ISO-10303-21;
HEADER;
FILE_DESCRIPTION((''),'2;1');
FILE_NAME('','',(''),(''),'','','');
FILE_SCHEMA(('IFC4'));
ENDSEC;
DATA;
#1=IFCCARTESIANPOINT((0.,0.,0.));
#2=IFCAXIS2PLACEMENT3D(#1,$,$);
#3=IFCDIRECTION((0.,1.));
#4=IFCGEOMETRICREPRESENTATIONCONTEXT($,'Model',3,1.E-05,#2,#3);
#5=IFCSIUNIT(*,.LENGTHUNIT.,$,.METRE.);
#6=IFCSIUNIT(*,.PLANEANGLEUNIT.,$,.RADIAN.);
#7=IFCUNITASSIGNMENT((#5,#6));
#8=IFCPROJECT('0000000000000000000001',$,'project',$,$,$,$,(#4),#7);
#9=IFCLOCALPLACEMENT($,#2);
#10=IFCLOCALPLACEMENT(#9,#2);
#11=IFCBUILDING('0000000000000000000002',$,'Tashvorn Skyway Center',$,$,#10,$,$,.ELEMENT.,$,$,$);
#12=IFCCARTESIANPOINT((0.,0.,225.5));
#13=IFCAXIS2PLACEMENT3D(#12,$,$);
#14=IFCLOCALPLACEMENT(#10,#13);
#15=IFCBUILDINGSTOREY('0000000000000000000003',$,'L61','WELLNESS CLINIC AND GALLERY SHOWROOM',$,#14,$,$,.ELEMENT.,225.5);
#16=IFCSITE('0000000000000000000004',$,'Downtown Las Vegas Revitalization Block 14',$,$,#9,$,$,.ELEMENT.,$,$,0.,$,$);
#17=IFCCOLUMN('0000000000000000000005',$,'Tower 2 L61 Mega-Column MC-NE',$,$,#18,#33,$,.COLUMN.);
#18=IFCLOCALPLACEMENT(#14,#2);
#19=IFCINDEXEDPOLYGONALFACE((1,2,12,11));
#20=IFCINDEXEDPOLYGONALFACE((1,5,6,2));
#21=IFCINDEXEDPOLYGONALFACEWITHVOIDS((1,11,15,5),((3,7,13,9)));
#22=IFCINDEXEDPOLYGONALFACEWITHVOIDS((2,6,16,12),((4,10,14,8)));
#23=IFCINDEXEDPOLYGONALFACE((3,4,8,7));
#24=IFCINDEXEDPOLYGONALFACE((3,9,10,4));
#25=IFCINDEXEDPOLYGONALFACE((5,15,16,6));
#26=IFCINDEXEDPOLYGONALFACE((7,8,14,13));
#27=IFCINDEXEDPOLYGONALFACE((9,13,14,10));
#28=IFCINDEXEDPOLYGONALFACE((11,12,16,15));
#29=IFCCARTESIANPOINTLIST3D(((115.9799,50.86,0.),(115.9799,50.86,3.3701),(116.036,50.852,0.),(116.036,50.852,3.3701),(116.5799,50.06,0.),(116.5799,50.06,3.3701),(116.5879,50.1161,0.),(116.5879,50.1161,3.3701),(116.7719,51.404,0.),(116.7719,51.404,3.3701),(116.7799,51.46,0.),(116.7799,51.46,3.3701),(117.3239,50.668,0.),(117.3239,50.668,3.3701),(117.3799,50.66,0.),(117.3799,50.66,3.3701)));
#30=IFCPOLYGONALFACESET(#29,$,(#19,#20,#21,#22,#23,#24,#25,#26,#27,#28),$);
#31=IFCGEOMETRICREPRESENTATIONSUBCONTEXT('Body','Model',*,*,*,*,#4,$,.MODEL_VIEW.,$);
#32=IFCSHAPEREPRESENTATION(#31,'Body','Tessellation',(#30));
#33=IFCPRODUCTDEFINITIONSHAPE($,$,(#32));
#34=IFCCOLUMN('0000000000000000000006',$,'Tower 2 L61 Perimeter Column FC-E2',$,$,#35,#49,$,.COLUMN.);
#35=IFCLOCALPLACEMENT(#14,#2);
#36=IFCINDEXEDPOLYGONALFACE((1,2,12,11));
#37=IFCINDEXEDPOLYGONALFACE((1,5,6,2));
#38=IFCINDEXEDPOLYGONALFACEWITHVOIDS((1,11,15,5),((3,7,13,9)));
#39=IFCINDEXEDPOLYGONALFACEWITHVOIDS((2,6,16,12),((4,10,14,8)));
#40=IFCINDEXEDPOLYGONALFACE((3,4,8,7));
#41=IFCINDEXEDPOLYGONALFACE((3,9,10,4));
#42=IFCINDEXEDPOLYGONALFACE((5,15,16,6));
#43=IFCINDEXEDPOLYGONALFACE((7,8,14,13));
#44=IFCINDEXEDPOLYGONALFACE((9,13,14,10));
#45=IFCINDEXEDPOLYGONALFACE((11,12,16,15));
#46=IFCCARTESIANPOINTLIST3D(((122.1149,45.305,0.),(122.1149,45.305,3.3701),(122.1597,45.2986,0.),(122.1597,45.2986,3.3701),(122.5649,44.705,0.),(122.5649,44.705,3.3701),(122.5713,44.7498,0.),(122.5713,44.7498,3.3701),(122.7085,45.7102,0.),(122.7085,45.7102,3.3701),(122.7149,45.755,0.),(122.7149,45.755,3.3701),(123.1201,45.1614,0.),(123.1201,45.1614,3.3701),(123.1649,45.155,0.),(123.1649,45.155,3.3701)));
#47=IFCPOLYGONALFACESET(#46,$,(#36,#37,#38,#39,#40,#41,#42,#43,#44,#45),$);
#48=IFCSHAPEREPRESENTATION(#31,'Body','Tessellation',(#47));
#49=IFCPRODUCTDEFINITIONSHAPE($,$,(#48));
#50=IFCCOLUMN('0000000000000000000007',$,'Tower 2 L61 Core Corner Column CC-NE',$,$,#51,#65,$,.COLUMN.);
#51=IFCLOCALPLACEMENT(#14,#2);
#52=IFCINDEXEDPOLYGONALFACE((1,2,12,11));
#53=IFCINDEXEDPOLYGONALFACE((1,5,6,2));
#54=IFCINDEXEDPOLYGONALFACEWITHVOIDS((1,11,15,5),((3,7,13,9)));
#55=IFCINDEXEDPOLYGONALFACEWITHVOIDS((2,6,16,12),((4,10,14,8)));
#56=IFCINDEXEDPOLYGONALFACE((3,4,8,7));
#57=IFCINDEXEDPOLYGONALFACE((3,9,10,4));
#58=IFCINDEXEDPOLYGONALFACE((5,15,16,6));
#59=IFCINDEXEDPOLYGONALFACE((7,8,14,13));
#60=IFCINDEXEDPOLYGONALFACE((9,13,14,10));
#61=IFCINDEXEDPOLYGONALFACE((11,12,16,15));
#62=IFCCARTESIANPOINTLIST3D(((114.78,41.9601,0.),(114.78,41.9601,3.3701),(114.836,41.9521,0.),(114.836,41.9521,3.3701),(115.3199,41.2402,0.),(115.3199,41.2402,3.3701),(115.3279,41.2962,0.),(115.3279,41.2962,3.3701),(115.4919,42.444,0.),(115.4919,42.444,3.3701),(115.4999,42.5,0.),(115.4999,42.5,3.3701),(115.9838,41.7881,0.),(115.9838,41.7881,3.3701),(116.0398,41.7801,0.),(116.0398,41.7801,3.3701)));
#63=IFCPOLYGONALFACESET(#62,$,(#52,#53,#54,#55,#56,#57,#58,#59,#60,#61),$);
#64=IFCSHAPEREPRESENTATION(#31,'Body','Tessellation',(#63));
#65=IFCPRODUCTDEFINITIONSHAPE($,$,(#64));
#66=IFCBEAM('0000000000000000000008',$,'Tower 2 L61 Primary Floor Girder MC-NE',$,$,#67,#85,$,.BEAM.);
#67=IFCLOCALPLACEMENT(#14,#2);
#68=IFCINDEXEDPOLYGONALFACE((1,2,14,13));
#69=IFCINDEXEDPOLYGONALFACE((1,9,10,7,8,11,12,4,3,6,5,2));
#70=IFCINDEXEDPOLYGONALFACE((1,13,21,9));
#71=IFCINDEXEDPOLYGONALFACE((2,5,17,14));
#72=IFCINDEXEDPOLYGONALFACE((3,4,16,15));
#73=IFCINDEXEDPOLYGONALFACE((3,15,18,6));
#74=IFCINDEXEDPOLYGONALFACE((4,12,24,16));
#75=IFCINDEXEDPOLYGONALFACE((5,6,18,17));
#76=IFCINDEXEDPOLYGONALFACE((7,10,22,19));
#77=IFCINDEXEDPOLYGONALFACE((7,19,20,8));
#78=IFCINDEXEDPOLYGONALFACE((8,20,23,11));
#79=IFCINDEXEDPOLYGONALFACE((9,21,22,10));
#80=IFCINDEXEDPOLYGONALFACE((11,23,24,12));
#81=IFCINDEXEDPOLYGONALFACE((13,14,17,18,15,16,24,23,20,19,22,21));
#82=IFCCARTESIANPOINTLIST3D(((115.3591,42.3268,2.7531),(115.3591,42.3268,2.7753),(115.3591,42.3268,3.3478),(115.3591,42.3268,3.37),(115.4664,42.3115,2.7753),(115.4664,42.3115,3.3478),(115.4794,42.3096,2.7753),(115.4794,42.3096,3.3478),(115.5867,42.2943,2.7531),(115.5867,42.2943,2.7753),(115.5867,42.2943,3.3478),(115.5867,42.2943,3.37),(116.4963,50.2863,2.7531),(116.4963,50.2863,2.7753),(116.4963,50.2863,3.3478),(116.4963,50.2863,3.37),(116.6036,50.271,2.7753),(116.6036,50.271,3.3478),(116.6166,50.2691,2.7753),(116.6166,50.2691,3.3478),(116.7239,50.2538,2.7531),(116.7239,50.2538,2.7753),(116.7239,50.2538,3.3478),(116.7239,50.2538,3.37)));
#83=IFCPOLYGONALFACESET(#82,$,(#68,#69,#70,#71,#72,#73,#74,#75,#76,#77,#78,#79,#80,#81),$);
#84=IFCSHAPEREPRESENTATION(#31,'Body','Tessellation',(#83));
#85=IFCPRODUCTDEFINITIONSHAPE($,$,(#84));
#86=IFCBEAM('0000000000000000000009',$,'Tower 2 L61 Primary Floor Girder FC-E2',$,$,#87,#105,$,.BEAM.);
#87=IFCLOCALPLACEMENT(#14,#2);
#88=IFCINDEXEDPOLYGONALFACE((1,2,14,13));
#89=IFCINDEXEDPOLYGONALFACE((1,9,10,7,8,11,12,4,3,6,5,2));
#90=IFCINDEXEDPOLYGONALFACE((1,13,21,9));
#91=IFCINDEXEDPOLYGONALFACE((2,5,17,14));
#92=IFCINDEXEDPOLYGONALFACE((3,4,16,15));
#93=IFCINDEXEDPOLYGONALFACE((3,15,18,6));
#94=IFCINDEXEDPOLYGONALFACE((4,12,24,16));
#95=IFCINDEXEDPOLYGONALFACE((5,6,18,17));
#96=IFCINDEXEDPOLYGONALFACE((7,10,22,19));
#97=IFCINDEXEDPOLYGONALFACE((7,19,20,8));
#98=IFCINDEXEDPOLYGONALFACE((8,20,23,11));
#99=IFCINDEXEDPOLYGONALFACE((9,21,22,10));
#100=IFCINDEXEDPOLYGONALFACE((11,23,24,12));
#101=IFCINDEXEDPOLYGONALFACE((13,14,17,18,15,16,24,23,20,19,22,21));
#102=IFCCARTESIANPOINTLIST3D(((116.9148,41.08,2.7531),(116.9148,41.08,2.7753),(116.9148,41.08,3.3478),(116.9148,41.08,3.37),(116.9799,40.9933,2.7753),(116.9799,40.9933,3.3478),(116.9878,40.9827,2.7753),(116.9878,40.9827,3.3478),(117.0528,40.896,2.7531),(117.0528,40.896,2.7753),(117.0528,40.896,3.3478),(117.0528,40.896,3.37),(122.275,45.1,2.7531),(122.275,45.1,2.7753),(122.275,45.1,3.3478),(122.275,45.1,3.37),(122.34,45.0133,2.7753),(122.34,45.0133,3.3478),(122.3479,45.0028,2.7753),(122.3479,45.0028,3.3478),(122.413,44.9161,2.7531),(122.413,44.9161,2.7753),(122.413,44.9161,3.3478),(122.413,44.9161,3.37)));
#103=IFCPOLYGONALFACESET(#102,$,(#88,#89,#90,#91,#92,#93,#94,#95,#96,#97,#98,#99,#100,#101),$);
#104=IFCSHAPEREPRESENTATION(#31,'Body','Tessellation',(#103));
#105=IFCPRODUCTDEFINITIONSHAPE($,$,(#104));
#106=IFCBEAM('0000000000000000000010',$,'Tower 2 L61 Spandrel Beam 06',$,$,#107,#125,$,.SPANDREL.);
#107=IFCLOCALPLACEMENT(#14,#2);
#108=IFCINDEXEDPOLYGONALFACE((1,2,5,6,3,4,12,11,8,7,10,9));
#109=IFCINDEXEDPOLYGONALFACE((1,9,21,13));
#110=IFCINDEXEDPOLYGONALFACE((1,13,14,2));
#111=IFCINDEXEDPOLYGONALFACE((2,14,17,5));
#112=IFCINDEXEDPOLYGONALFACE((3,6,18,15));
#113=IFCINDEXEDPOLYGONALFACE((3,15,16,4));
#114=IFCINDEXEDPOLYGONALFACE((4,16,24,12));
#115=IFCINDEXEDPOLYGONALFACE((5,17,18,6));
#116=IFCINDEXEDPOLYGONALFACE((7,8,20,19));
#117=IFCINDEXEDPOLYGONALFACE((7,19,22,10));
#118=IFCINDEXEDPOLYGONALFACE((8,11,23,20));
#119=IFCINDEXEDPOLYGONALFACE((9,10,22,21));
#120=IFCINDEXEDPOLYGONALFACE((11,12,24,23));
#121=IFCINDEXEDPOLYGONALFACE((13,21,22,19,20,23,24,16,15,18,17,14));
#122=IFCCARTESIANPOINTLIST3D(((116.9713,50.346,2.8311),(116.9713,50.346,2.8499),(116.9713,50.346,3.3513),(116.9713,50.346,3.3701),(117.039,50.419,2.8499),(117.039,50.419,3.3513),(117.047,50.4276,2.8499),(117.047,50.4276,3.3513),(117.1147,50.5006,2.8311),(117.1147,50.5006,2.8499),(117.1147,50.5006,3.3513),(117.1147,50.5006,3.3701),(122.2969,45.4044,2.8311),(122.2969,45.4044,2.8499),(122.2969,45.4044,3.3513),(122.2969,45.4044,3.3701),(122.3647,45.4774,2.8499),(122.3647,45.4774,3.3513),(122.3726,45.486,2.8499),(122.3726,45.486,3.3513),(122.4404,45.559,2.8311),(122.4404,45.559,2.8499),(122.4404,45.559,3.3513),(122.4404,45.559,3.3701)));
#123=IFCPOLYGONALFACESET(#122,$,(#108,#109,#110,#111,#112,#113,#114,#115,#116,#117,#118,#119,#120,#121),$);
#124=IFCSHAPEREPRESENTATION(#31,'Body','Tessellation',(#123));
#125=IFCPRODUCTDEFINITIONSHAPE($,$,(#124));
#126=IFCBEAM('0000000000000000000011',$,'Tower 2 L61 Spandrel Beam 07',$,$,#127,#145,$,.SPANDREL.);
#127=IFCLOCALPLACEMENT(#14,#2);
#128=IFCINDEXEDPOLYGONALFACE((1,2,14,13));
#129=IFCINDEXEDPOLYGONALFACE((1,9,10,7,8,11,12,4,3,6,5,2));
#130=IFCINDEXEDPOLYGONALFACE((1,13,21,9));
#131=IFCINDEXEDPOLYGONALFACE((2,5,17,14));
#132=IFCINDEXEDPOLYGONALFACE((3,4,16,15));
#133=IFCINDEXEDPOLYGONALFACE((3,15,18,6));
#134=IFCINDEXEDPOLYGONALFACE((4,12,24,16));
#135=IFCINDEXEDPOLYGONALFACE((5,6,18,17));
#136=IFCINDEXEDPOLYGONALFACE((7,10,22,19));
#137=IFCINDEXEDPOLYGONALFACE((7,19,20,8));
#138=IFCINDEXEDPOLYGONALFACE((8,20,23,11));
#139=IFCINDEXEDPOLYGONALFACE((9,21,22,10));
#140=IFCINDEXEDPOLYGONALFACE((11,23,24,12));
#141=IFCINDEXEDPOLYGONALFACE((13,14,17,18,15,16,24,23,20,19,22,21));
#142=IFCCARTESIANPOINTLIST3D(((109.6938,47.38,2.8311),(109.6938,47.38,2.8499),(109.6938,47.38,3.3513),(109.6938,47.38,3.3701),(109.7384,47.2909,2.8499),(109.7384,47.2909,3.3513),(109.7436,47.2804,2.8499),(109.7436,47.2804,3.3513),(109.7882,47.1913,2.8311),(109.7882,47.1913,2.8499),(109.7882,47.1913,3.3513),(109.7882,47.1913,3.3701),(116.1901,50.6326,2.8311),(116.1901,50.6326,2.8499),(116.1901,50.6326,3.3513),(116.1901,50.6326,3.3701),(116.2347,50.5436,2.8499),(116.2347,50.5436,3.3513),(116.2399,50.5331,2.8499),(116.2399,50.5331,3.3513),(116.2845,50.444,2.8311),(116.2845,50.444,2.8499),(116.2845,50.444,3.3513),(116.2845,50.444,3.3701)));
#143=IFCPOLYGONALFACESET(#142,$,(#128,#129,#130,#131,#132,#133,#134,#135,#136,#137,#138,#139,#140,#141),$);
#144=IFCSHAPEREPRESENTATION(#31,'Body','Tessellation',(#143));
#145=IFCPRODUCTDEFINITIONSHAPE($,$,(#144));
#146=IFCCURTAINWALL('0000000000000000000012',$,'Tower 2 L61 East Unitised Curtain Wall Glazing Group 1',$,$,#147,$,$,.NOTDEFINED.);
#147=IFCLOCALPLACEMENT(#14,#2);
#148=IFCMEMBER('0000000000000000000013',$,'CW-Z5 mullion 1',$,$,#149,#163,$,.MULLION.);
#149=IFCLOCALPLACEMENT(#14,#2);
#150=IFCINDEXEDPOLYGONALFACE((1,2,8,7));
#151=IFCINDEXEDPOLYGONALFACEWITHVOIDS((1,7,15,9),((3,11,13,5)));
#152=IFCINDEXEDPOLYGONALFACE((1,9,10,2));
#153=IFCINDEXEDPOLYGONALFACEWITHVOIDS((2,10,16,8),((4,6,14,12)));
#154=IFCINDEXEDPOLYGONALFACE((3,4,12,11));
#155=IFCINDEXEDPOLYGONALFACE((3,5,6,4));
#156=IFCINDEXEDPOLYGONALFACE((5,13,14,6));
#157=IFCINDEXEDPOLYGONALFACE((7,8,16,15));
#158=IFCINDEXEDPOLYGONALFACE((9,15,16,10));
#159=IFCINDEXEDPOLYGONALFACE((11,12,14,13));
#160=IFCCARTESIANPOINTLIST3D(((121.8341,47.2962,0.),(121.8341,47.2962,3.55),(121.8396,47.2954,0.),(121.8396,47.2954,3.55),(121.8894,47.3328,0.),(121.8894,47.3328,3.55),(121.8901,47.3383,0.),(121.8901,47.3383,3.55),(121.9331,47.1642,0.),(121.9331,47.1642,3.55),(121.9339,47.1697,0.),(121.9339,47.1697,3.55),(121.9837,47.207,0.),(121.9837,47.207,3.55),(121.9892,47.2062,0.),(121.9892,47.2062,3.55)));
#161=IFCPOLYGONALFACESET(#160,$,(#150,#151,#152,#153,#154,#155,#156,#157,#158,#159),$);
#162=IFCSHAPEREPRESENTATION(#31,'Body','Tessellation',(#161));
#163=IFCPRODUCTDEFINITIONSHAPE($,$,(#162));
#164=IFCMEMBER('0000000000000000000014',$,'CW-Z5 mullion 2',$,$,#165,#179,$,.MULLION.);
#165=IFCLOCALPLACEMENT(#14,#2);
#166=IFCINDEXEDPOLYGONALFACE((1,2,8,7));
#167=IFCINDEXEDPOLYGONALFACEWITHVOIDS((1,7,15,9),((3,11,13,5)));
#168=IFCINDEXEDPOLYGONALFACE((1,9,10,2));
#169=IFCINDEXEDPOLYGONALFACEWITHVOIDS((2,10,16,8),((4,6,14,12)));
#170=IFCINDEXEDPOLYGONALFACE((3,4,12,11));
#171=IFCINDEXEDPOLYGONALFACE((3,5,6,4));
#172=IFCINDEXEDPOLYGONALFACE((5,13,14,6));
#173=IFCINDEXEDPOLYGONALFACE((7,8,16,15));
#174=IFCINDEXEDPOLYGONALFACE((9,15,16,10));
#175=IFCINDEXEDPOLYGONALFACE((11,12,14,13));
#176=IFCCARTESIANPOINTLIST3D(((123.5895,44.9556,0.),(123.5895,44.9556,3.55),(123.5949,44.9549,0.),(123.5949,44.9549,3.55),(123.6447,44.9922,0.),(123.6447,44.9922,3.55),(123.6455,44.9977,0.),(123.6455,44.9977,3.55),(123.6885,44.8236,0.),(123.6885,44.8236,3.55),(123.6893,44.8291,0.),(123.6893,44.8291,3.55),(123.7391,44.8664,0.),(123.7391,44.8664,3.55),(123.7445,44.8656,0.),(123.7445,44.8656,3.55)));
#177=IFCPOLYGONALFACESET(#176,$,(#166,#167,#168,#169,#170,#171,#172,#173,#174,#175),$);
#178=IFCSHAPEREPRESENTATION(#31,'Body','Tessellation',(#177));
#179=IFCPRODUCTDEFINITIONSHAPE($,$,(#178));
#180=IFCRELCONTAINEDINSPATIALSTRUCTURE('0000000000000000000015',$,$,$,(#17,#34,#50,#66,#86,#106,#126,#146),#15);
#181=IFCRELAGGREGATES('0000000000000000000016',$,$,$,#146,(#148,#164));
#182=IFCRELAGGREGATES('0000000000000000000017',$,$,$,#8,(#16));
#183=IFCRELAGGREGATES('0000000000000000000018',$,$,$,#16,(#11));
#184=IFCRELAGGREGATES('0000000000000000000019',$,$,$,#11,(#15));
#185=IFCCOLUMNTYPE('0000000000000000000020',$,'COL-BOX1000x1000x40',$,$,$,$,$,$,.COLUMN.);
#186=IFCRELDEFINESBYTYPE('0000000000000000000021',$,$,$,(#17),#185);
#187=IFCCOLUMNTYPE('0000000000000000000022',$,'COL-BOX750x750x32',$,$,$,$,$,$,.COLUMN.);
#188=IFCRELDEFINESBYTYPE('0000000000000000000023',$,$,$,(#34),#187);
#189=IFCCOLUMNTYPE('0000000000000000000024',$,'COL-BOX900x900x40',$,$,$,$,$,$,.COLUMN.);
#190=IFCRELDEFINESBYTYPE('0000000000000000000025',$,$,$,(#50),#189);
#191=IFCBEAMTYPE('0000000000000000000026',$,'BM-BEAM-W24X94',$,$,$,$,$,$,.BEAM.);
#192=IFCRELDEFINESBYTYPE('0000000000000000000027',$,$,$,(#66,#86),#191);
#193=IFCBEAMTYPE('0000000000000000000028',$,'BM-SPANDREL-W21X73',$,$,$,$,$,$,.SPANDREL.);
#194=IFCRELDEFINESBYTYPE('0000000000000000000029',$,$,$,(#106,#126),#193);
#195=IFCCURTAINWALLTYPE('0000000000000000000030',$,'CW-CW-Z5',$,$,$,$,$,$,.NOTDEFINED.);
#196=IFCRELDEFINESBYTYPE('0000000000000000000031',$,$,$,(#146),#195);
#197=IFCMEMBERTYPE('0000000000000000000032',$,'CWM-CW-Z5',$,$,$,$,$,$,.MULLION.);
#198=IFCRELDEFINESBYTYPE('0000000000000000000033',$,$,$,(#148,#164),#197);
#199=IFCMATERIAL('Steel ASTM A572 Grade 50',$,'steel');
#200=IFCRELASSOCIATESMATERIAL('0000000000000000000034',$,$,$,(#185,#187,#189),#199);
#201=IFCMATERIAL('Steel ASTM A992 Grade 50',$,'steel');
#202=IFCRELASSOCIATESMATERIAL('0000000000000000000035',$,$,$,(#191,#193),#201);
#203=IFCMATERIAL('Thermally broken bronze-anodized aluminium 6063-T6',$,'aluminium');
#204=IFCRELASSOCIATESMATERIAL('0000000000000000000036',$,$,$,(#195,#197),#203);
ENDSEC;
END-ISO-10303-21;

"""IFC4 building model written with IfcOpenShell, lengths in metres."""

from ifc_helpers import new_model, si_unit, direction, frame, origin, origin_2d, place, context, subcontext, project, spatial, hollow_rectangle, i_section, extrude, material, material_profile, profile_set, type_object, element, aggregate, save


model = new_model("IFC4")

# Units and contexts
model_context = context("Model", 3, precision=1e-05, world=origin(), true_north=direction((0.0, 1.0)))
body_context = subcontext(model_context, "Body", "Model", "MODEL_VIEW")
ifc_project = project(units=[si_unit("LENGTHUNIT", "METRE"), si_unit("PLANEANGLEUNIT", "RADIAN")], contexts=[model_context])

# Site, building, storey
site_placement = place(None, origin())
site = spatial("IfcSite", under=ifc_project, at=site_placement, Name="Downtown Las Vegas Revitalization Block 14", CompositionType="ELEMENT", RefElevation=0.0)
building_placement = place(site_placement, origin())
building = spatial("IfcBuilding", under=site, at=building_placement, Name="Tashvorn Skyway Center", CompositionType="ELEMENT")
storey_placement = place(building_placement, frame((0.0, 0.0, 225.5)))
storey = spatial("IfcBuildingStorey", under=building, at=storey_placement, Name="L61", Description="WELLNESS CLINIC AND GALLERY SHOWROOM", CompositionType="ELEMENT", Elevation=225.5)

# Columns
ifc_material_1 = material(Name="Steel ASTM A572 Grade 50", Category="steel")
ifc_material_profile_1 = material_profile(ifc_material_1, hollow_rectangle(XDim=1.0, YDim=1.0, WallThickness=0.04, at=origin_2d()), Name="BOX1000x1000x40")
ifc_profile_set_1 = profile_set([ifc_material_profile_1], Name="Steel ASTM A572 Grade 50")
column_type_1 = type_object("IfcColumnType", Name="COL-BOX1000x1000x40", PredefinedType="COLUMN", material=ifc_profile_set_1)
column_1_placement = place(storey_placement, frame((116.6799, 50.76, 0.0), z_axis=(0.0, 0.0, 1.0), x_axis=(0.8, 0.6, 0.0)))
element("IfcColumn", 1, at=column_1_placement, inside=storey, type_object=column_type_1, Name="Tower 2 L61 Mega-Column MC-NE", PredefinedType="COLUMN", context=body_context, shape_type="SweptSolid", body=[
    extrude(hollow_rectangle(XDim=1.0, YDim=1.0, WallThickness=0.04, at=origin_2d()), origin(), (0.0, 0.0, 1.0), 3.3701),
])
ifc_material_profile_2 = material_profile(ifc_material_1, hollow_rectangle(XDim=0.75, YDim=0.75, WallThickness=0.032, at=origin_2d()), Name="BOX750x750x32")
ifc_profile_set_2 = profile_set([ifc_material_profile_2], Name="Steel ASTM A572 Grade 50")
column_type_2 = type_object("IfcColumnType", Name="COL-BOX750x750x32", PredefinedType="COLUMN", material=ifc_profile_set_2)
column_2_placement = place(storey_placement, frame((122.6399, 45.23, 0.0), z_axis=(0.0, 0.0, 1.0), x_axis=(0.8, 0.6, 0.0)))
element("IfcColumn", 2, at=column_2_placement, inside=storey, type_object=column_type_2, Name="Tower 2 L61 Perimeter Column FC-E2", PredefinedType="COLUMN", context=body_context, shape_type="SweptSolid", body=[
    extrude(hollow_rectangle(XDim=0.75, YDim=0.75, WallThickness=0.032, at=origin_2d()), origin(), (0.0, 0.0, 1.0), 3.3701),
])
ifc_material_profile_3 = material_profile(ifc_material_1, hollow_rectangle(XDim=0.8999, YDim=0.8999, WallThickness=0.04, at=origin_2d()), Name="BOX900x900x40")
ifc_profile_set_3 = profile_set([ifc_material_profile_3], Name="Steel ASTM A572 Grade 50")
column_type_3 = type_object("IfcColumnType", Name="COL-BOX900x900x40", PredefinedType="COLUMN", material=ifc_profile_set_3)
column_3_placement = place(storey_placement, frame((115.4099, 41.8701, 0.0), z_axis=(0.0, 0.0, 1.0), x_axis=(0.8, 0.6, 0.0)))
element("IfcColumn", 3, at=column_3_placement, inside=storey, type_object=column_type_3, Name="Tower 2 L61 Core Corner Column CC-NE", PredefinedType="COLUMN", context=body_context, shape_type="SweptSolid", body=[
    extrude(hollow_rectangle(XDim=0.8999, YDim=0.8999, WallThickness=0.04, at=origin_2d()), origin(), (0.0, 0.0, 1.0), 3.3701),
])

# Beams
ifc_material_2 = material(Name="Steel ASTM A992 Grade 50", Category="steel")
ifc_material_profile_4 = material_profile(ifc_material_2, i_section(OverallWidth=0.23, OverallDepth=0.6169, WebThickness=0.0132, FlangeThickness=0.0222, at=origin_2d()), Name="W24X94")
ifc_profile_set_4 = profile_set([ifc_material_profile_4], Name="Steel ASTM A992 Grade 50")
beam_type_1 = type_object("IfcBeamType", Name="BM-BEAM-W24X94", PredefinedType="BEAM", material=ifc_profile_set_4)
beam_1_placement = place(storey_placement, frame((116.6101, 50.27, 3.0615), z_axis=(-0.141438, -0.989947, 0.0), x_axis=(0.989947, -0.141438, 0.0)))
element("IfcBeam", 4, at=beam_1_placement, inside=storey, type_object=beam_type_1, Name="Tower 2 L61 Primary Floor Girder MC-NE", PredefinedType="BEAM", context=body_context, shape_type="SweptSolid", body=[
    extrude(i_section(OverallWidth=0.23, OverallDepth=0.6169, WebThickness=0.0132, FlangeThickness=0.0222, at=origin_2d()), origin(), (0.0, 0.0, 1.0), 8.0403),
])
beam_2_placement = place(storey_placement, frame((122.344, 45.0081, 3.0615), z_axis=(-0.800004, -0.599994, 0.0), x_axis=(0.599994, -0.800004, 0.0)))
element("IfcBeam", 5, at=beam_2_placement, inside=storey, type_object=beam_type_1, Name="Tower 2 L61 Primary Floor Girder FC-E2", PredefinedType="BEAM", context=body_context, shape_type="SweptSolid", body=[
    extrude(i_section(OverallWidth=0.23, OverallDepth=0.6169, WebThickness=0.0132, FlangeThickness=0.0222, at=origin_2d()), origin(), (0.0, 0.0, 1.0), 6.7002),
])
ifc_material_profile_5 = material_profile(ifc_material_2, i_section(OverallWidth=0.2109, OverallDepth=0.5391, WebThickness=0.0117, FlangeThickness=0.0188, at=origin_2d()), Name="W21X73")
ifc_profile_set_5 = profile_set([ifc_material_profile_5], Name="Steel ASTM A992 Grade 50")
beam_type_2 = type_object("IfcBeamType", Name="BM-SPANDREL-W21X73", PredefinedType="SPANDREL", material=ifc_profile_set_5)
for number, where, z_axis, x_axis, name in (
    (6, (122.3687, 45.4817, 3.1006), (-0.733042, 0.680183, 0.0), (-0.680183, -0.733042, 0.0), "Tower 2 L61 Spandrel Beam 06"),
    (7, (116.2373, 50.5383, 3.1006), (-0.894178, -0.447711, 0.0), (0.447711, -0.894178, 0.0), "Tower 2 L61 Spandrel Beam 07"),
):
    element("IfcBeam", number, at=place(storey_placement, frame(where, z_axis=z_axis, x_axis=x_axis)), inside=storey, type_object=beam_type_2, Name=name, PredefinedType="SPANDREL", context=body_context, shape_type="SweptSolid", body=[
        extrude(i_section(OverallWidth=0.2109, OverallDepth=0.5391, WebThickness=0.0117, FlangeThickness=0.0188, at=origin_2d()), origin(), (0.0, 0.0, 1.0), 7.2651),
    ])

# Curtain wall, members
ifc_material_3 = material(Name="Thermally broken bronze-anodized aluminium 6063-T6", Category="aluminium")
curtain_wall_type = type_object("IfcCurtainWallType", Name="CW-CW-Z5", PredefinedType="NOTDEFINED", material=ifc_material_3)
curtain_wall_1_placement = place(storey_placement, origin())
curtain_wall_1 = element("IfcCurtainWall", 8, at=curtain_wall_1_placement, inside=storey, type_object=curtain_wall_type, Name="Tower 2 L61 East Unitised Curtain Wall Glazing Group 1", PredefinedType="NOTDEFINED")
ifc_material_profile_6 = material_profile(ifc_material_3, hollow_rectangle(XDim=0.0701, YDim=0.165, WallThickness=0.0039, at=origin_2d()), Name="ALU-MULL-70x165")
ifc_profile_set_6 = profile_set([ifc_material_profile_6], Name="Thermally broken bronze-anodized aluminium 6063-T6")
member_type_1 = type_object("IfcMemberType", Name="CWM-CW-Z5", PredefinedType="MULLION", material=ifc_profile_set_6)
member_1_placement = place(storey_placement, frame((121.9116, 47.2512, 0.0), z_axis=(0.0, 0.0, 1.0), x_axis=(0.8, 0.6, 0.0)))
member_1 = element("IfcMember", 9, at=member_1_placement, type_object=member_type_1, Name="CW-Z5 mullion 1", PredefinedType="MULLION", context=body_context, shape_type="SweptSolid", body=[
    extrude(hollow_rectangle(XDim=0.0701, YDim=0.165, WallThickness=0.0039, at=origin_2d()), origin(), (0.0, 0.0, 1.0), 3.55),
])
member_2_placement = place(storey_placement, frame((123.667, 44.9106, 0.0), z_axis=(0.0, 0.0, 1.0), x_axis=(0.8, 0.6, 0.0)))
member_2 = element("IfcMember", 10, at=member_2_placement, type_object=member_type_1, Name="CW-Z5 mullion 2", PredefinedType="MULLION", context=body_context, shape_type="SweptSolid", body=[
    extrude(hollow_rectangle(XDim=0.0701, YDim=0.165, WallThickness=0.0039, at=origin_2d()), origin(), (0.0, 0.0, 1.0), 3.55),
])

aggregate(curtain_wall_1, [member_1, member_2])

save(model, "model.ifc")
